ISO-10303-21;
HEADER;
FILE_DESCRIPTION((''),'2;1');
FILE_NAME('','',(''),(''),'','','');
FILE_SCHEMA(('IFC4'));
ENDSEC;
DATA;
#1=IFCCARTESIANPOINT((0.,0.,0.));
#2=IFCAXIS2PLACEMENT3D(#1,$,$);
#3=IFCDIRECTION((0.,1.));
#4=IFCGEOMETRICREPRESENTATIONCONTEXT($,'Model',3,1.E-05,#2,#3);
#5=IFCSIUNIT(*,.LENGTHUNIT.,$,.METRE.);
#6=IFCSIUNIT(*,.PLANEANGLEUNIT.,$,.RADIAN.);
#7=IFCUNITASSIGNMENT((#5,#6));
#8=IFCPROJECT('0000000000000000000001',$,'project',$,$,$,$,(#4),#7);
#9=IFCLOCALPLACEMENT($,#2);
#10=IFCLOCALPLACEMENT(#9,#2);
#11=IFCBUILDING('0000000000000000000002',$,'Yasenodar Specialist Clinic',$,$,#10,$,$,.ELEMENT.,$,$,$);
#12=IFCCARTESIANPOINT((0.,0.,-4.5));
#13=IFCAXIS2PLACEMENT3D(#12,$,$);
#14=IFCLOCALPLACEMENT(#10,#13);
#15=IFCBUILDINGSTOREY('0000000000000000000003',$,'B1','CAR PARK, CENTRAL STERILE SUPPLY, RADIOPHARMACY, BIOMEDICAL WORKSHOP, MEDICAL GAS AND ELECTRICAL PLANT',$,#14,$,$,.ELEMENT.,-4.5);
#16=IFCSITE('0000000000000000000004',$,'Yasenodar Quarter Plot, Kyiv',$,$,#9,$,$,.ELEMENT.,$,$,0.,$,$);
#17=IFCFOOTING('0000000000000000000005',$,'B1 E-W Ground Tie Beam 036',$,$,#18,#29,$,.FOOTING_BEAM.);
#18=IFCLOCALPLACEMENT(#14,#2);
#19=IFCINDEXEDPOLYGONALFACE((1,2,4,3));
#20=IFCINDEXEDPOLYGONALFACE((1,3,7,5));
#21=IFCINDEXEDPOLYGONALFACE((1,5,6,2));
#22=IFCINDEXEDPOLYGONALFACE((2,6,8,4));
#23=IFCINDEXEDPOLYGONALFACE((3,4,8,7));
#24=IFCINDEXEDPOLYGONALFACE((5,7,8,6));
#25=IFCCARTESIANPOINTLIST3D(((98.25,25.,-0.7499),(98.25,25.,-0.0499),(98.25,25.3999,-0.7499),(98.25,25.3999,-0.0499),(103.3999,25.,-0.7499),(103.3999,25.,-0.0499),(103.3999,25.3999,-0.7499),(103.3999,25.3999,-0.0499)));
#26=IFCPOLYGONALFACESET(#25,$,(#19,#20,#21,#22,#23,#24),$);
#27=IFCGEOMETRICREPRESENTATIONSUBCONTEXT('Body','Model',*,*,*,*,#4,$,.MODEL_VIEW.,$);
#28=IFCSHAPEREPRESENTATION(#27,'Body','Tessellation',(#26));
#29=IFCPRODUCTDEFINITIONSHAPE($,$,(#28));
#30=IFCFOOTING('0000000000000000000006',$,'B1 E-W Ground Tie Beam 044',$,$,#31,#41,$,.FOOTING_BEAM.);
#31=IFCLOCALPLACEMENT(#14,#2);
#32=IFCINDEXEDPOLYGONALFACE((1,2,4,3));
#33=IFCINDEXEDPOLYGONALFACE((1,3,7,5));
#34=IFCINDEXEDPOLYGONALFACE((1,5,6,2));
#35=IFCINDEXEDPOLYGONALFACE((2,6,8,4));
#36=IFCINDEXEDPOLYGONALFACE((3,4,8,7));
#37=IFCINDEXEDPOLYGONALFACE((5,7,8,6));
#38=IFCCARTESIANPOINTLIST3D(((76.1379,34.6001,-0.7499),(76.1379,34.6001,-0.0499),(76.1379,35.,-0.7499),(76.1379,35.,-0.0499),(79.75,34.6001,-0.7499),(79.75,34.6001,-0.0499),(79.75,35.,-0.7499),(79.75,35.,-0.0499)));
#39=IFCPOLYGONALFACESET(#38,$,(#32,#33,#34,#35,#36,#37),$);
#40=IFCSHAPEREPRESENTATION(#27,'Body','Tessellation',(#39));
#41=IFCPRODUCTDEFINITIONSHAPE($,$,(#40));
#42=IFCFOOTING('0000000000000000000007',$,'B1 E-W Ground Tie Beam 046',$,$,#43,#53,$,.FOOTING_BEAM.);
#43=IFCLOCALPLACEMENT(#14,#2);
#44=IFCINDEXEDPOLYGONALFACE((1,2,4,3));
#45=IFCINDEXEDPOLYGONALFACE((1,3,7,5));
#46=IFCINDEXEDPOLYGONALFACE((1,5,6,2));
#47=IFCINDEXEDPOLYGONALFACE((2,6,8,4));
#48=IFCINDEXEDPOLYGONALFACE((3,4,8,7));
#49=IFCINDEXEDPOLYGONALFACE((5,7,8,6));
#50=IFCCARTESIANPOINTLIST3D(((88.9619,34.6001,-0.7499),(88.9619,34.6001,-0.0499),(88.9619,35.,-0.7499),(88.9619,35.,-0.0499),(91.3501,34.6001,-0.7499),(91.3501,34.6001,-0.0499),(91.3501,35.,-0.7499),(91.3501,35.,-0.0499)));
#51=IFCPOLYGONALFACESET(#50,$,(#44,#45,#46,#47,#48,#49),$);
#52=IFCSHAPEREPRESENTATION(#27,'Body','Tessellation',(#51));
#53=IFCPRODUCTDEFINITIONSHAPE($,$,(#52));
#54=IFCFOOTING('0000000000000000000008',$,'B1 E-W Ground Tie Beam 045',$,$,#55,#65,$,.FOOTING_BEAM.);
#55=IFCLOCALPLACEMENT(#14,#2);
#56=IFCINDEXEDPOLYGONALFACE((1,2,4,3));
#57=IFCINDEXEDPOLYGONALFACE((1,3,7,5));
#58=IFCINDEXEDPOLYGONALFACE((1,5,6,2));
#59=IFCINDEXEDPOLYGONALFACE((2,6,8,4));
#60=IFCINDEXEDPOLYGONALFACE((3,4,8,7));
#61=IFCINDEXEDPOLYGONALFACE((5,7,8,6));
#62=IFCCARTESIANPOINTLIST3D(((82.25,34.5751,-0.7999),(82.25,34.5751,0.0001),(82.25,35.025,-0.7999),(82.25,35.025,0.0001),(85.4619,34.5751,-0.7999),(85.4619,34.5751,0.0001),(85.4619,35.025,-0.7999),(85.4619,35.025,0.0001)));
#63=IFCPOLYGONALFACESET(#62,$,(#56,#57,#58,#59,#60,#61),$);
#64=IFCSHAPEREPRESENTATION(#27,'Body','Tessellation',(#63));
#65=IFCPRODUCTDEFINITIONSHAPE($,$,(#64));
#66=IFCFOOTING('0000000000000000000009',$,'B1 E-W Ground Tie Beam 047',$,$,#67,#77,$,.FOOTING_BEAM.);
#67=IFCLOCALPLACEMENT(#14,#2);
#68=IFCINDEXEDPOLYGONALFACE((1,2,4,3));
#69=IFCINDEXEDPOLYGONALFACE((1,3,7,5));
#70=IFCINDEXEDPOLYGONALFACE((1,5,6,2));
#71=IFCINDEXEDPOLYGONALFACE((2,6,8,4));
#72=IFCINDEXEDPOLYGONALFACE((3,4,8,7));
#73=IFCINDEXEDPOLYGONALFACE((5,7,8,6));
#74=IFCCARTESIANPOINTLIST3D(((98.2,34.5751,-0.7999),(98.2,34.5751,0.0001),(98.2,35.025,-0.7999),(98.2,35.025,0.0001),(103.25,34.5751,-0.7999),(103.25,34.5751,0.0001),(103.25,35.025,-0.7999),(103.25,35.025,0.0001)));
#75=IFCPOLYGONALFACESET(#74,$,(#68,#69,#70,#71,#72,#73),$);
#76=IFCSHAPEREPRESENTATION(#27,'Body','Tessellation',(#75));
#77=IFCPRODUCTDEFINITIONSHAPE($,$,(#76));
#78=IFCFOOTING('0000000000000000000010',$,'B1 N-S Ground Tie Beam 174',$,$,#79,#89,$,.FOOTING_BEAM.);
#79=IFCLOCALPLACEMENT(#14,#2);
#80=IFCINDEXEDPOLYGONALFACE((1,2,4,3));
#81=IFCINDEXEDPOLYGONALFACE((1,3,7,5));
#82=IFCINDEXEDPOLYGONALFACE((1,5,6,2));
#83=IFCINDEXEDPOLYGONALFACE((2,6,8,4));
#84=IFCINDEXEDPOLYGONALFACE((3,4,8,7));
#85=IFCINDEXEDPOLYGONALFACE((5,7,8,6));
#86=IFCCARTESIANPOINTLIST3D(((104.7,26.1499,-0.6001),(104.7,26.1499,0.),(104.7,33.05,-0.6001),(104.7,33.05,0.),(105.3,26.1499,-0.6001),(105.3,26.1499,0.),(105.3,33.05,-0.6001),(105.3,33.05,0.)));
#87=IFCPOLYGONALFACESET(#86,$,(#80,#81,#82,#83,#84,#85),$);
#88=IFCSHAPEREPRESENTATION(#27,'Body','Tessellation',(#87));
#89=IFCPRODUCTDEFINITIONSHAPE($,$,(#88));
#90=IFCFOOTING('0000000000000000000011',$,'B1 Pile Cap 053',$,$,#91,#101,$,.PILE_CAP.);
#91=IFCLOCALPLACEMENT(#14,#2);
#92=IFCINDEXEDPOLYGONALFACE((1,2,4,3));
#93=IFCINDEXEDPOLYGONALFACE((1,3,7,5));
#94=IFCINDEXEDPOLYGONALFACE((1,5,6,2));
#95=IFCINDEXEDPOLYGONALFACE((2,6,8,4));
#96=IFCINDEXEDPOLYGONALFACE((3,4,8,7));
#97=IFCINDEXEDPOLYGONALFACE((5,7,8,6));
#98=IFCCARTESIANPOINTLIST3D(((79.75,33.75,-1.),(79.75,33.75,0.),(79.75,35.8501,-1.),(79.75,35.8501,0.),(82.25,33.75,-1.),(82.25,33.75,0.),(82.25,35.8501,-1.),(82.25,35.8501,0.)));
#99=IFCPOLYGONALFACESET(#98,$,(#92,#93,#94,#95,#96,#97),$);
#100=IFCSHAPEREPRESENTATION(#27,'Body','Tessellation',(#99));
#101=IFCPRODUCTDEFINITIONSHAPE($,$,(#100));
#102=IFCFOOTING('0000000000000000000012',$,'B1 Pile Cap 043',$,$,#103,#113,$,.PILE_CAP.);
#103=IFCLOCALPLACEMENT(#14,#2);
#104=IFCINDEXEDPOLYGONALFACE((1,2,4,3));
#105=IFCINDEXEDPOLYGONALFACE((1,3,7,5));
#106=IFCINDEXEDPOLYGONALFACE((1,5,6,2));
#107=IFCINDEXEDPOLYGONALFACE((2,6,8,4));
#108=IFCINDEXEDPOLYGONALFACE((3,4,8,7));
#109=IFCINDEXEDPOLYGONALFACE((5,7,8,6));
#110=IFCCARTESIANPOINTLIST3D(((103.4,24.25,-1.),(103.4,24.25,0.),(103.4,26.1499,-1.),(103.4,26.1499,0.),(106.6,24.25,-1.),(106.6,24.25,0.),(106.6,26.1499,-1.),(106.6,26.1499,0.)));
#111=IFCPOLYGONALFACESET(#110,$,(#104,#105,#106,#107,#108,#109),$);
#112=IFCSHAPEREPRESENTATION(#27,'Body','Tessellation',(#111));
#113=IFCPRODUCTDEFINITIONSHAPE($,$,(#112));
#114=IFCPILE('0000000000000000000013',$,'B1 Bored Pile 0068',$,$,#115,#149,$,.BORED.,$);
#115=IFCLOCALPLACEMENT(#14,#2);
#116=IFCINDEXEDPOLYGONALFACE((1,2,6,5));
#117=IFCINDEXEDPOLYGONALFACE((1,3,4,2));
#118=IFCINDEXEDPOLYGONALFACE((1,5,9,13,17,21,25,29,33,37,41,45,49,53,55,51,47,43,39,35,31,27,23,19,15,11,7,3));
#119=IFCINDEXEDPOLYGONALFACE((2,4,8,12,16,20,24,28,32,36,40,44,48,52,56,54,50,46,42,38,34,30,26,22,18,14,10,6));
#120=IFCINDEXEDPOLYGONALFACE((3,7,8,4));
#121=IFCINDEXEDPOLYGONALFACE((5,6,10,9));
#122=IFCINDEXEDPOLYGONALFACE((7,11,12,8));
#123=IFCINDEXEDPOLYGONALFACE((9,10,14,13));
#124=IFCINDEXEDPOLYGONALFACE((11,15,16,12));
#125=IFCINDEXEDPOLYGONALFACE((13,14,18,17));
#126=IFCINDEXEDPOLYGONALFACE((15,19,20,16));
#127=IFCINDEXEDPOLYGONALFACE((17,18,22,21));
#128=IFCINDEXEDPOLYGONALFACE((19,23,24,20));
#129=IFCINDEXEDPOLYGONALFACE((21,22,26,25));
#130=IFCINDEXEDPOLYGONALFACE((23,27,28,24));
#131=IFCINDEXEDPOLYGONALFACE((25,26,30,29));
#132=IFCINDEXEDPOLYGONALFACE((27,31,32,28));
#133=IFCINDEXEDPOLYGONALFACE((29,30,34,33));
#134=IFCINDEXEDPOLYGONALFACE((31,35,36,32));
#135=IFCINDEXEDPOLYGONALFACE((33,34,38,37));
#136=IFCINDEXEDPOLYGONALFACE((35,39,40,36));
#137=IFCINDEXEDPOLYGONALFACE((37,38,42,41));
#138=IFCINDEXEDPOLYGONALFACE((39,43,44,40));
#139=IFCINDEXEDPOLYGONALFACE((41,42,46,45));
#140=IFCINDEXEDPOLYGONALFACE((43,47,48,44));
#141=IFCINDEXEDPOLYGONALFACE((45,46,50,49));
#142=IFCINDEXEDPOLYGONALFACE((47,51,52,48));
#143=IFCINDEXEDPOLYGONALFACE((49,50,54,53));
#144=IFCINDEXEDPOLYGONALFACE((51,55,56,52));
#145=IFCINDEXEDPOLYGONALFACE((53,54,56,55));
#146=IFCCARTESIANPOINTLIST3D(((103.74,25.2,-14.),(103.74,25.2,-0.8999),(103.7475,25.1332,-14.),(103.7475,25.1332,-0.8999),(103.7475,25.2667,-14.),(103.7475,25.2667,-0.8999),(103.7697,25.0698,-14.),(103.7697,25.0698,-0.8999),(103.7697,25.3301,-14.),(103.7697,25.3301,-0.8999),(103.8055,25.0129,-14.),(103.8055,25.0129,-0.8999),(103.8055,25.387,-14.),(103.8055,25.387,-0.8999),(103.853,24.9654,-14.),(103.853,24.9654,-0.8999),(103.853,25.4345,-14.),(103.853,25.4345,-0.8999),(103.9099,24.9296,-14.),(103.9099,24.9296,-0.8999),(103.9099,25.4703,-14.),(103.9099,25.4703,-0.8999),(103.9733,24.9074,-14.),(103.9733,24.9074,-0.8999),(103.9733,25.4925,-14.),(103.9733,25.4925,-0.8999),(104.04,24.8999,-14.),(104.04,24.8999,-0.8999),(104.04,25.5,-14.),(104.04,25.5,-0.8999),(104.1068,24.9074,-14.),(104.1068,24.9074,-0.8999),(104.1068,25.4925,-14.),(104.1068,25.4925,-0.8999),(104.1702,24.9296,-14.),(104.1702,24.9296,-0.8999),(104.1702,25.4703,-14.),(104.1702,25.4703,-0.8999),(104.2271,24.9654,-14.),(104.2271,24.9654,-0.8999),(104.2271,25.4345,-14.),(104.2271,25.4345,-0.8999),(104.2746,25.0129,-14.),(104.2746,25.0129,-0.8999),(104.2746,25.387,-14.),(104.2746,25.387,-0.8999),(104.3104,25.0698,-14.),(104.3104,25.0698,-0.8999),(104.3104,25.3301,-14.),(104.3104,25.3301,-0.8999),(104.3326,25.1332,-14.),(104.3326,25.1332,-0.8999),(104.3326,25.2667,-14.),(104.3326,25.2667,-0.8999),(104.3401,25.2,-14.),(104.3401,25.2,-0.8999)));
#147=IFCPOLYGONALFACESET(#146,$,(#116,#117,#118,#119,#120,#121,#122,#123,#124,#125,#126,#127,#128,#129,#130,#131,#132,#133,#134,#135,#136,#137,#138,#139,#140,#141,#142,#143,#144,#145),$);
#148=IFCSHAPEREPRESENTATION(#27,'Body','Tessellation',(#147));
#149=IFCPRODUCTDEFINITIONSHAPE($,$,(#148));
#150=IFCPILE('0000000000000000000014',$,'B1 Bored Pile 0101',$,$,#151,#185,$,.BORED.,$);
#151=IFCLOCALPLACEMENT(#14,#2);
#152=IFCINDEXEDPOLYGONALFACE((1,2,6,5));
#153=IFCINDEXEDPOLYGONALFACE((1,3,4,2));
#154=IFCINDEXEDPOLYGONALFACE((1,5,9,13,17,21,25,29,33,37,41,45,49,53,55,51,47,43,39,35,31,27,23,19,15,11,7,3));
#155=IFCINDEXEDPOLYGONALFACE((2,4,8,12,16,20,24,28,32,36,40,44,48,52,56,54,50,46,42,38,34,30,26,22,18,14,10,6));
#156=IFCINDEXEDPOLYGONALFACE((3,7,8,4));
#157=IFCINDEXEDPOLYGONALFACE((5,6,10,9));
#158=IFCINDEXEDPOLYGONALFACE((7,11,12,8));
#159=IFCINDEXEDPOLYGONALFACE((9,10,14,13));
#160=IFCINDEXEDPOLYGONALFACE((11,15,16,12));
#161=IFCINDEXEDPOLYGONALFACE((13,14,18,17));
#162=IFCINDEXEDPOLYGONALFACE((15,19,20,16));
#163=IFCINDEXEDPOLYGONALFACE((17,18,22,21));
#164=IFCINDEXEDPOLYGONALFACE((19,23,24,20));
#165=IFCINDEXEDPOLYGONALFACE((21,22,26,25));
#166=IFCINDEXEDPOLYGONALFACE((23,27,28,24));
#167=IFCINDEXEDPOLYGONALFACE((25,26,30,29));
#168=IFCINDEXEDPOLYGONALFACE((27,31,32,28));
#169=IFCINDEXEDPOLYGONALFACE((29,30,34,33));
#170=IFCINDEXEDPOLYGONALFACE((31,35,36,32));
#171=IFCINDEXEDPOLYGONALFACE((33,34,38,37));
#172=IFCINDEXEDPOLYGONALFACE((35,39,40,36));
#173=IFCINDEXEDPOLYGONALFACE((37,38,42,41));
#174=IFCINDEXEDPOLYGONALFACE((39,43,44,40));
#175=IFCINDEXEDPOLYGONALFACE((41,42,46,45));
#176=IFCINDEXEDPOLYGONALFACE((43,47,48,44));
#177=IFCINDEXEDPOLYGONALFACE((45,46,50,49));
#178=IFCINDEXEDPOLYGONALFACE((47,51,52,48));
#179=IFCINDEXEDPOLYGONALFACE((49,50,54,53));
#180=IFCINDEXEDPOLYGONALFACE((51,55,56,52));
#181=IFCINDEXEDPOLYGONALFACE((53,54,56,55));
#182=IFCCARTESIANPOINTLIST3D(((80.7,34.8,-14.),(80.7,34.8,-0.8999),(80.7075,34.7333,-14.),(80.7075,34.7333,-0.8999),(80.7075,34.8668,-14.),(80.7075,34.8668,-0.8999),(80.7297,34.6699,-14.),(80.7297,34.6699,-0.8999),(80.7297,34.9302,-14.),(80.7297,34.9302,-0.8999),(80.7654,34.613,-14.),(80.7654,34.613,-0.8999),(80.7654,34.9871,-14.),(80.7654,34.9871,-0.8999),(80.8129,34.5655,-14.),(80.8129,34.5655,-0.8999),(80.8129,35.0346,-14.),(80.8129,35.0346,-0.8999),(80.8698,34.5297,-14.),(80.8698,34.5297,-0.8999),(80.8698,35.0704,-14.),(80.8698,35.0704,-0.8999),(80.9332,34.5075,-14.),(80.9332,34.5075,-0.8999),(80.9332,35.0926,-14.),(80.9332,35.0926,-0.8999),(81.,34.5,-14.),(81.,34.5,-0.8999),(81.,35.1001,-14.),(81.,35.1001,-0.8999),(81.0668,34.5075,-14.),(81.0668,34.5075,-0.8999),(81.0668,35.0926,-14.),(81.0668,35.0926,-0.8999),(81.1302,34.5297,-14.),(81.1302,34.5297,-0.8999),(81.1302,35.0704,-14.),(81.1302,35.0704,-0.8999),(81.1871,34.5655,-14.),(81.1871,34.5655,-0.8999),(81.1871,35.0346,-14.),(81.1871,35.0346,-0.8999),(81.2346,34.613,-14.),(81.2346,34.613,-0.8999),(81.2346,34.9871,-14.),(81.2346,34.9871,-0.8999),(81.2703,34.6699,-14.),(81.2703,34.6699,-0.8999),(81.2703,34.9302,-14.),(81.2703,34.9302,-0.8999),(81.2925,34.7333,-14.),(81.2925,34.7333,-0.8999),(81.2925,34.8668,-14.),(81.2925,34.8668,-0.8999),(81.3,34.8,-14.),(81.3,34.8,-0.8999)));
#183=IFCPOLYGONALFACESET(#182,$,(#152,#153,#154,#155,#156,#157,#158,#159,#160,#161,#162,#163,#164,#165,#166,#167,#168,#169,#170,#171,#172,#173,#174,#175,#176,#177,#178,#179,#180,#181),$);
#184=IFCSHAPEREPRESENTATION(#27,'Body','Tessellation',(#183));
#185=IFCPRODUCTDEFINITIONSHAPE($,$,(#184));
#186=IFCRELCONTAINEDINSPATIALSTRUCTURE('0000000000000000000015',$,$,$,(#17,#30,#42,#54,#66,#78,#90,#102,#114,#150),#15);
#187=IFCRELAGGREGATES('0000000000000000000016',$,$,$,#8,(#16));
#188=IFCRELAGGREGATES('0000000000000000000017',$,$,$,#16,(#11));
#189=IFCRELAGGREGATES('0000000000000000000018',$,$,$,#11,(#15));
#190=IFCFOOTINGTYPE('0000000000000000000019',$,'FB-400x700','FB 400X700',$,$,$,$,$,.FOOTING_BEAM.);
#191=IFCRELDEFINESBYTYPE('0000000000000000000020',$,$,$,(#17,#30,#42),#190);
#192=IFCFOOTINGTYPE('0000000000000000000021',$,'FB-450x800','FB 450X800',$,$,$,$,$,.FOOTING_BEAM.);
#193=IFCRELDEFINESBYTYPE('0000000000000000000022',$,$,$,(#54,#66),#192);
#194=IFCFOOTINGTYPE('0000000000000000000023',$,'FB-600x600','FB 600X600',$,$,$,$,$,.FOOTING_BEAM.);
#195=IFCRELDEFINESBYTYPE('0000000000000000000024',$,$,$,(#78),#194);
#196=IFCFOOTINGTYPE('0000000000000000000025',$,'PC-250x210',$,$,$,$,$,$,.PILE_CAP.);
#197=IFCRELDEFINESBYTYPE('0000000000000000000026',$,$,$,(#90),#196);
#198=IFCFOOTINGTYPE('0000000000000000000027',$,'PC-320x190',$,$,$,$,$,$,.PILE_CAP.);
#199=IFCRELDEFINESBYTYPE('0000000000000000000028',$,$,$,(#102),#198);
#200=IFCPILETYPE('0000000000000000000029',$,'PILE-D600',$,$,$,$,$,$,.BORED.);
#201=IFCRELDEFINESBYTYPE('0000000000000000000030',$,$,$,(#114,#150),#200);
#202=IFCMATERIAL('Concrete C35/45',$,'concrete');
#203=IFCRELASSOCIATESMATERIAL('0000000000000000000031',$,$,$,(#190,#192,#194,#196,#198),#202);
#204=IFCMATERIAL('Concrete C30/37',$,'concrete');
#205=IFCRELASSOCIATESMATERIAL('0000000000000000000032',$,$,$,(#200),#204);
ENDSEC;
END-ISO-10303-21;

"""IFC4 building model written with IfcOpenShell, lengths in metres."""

from ifc_helpers import new_model, si_unit, direction, frame, origin, origin_2d, place, context, subcontext, project, spatial, rectangle, circle, extrude, material, material_profile, profile_set, type_object, element, save


model = new_model("IFC4")

# Units and contexts
model_context = context("Model", 3, precision=1e-05, world=origin(), true_north=direction((0.0, 1.0)))
body_context = subcontext(model_context, "Body", "Model", "MODEL_VIEW")
ifc_project = project(units=[si_unit("LENGTHUNIT", "METRE"), si_unit("PLANEANGLEUNIT", "RADIAN")], contexts=[model_context])

# Site, building, storey
site_placement = place(None, origin())
site = spatial("IfcSite", under=ifc_project, at=site_placement, Name="Yasenodar Quarter Plot, Kyiv", CompositionType="ELEMENT", RefElevation=0.0)
building_placement = place(site_placement, origin())
building = spatial("IfcBuilding", under=site, at=building_placement, Name="Yasenodar Specialist Clinic", CompositionType="ELEMENT")
storey_placement = place(building_placement, frame((0.0, 0.0, -4.5)))
storey = spatial("IfcBuildingStorey", under=building, at=storey_placement, Name="B1", Description="CAR PARK, CENTRAL STERILE SUPPLY, RADIOPHARMACY, BIOMEDICAL WORKSHOP, MEDICAL GAS AND ELECTRICAL PLANT", CompositionType="ELEMENT", Elevation=-4.5)

# Footings
ifc_material_1 = material(Name="Concrete C35/45", Category="concrete")
ifc_material_profile_1 = material_profile(ifc_material_1, rectangle(XDim=0.3999, YDim=0.7, at=origin_2d()), Name="RC 400x700")
ifc_profile_set_1 = profile_set([ifc_material_profile_1], Name="Concrete C35/45")
footing_type_1 = type_object("IfcFootingType", Name="FB-400x700", Description="FB 400X700", PredefinedType="FOOTING_BEAM", material=ifc_profile_set_1)
footing_1_placement = place(storey_placement, frame((98.25, 25.2, -0.3999), z_axis=(1.0, 0.0, 0.0), x_axis=(0.0, 1.0, 0.0)))
element("IfcFooting", 1, at=footing_1_placement, inside=storey, type_object=footing_type_1, Name="B1 E-W Ground Tie Beam 036", PredefinedType="FOOTING_BEAM", context=body_context, shape_type="SweptSolid", body=[
    extrude(rectangle(XDim=0.3999, YDim=0.7, at=origin_2d()), origin(), (0.0, 0.0, 1.0), 5.1499),
])
footing_2_placement = place(storey_placement, frame((76.1379, 34.8, -0.3999), z_axis=(1.0, 0.0, 0.0), x_axis=(0.0, 1.0, 0.0)))
element("IfcFooting", 2, at=footing_2_placement, inside=storey, type_object=footing_type_1, Name="B1 E-W Ground Tie Beam 044", PredefinedType="FOOTING_BEAM", context=body_context, shape_type="SweptSolid", body=[
    extrude(rectangle(XDim=0.3999, YDim=0.7, at=origin_2d()), origin(), (0.0, 0.0, 1.0), 3.6121),
])
footing_3_placement = place(storey_placement, frame((88.9619, 34.8, -0.3999), z_axis=(1.0, 0.0, 0.0), x_axis=(0.0, 1.0, 0.0)))
element("IfcFooting", 3, at=footing_3_placement, inside=storey, type_object=footing_type_1, Name="B1 E-W Ground Tie Beam 046", PredefinedType="FOOTING_BEAM", context=body_context, shape_type="SweptSolid", body=[
    extrude(rectangle(XDim=0.3999, YDim=0.7, at=origin_2d()), origin(), (0.0, 0.0, 1.0), 2.3882),
])
ifc_material_profile_2 = material_profile(ifc_material_1, rectangle(XDim=0.45, YDim=0.8, at=origin_2d()), Name="RC 450x800")
ifc_profile_set_2 = profile_set([ifc_material_profile_2], Name="Concrete C35/45")
footing_type_2 = type_object("IfcFootingType", Name="FB-450x800", Description="FB 450X800", PredefinedType="FOOTING_BEAM", material=ifc_profile_set_2)
footing_4_placement = place(storey_placement, frame((82.25, 34.8, -0.3999), z_axis=(1.0, 0.0, 0.0), x_axis=(0.0, 1.0, 0.0)))
element("IfcFooting", 4, at=footing_4_placement, inside=storey, type_object=footing_type_2, Name="B1 E-W Ground Tie Beam 045", PredefinedType="FOOTING_BEAM", context=body_context, shape_type="SweptSolid", body=[
    extrude(rectangle(XDim=0.45, YDim=0.8, at=origin_2d()), origin(), (0.0, 0.0, 1.0), 3.2119),
])
footing_5_placement = place(storey_placement, frame((98.2, 34.8, -0.3999), z_axis=(1.0, 0.0, 0.0), x_axis=(0.0, 1.0, 0.0)))
element("IfcFooting", 5, at=footing_5_placement, inside=storey, type_object=footing_type_2, Name="B1 E-W Ground Tie Beam 047", PredefinedType="FOOTING_BEAM", context=body_context, shape_type="SweptSolid", body=[
    extrude(rectangle(XDim=0.45, YDim=0.8, at=origin_2d()), origin(), (0.0, 0.0, 1.0), 5.05),
])
ifc_material_profile_3 = material_profile(ifc_material_1, rectangle(XDim=0.6001, YDim=0.6001, at=origin_2d()), Name="RC 600x600")
ifc_profile_set_3 = profile_set([ifc_material_profile_3], Name="Concrete C35/45")
footing_type_3 = type_object("IfcFootingType", Name="FB-600x600", Description="FB 600X600", PredefinedType="FOOTING_BEAM", material=ifc_profile_set_3)
footing_6_placement = place(storey_placement, frame((105.0, 26.1499, -0.3), z_axis=(0.0, 1.0, 0.0), x_axis=(-1.0, 0.0, 0.0)))
element("IfcFooting", 6, at=footing_6_placement, inside=storey, type_object=footing_type_3, Name="B1 N-S Ground Tie Beam 174", PredefinedType="FOOTING_BEAM", context=body_context, shape_type="SweptSolid", body=[
    extrude(rectangle(XDim=0.6001, YDim=0.6001, at=origin_2d()), origin(), (0.0, 0.0, 1.0), 6.9001),
])
footing_type_4 = type_object("IfcFootingType", Name="PC-250x210", PredefinedType="PILE_CAP", material=ifc_material_1)
footing_7_placement = place(storey_placement, frame((81.0, 34.8, -1.0), z_axis=(0.0, 0.0, 1.0), x_axis=(1.0, 0.0, 0.0)))
element("IfcFooting", 7, at=footing_7_placement, inside=storey, type_object=footing_type_4, Name="B1 Pile Cap 053", PredefinedType="PILE_CAP", context=body_context, shape_type="SweptSolid", body=[
    extrude(rectangle(XDim=2.5, YDim=2.1001, at=origin_2d()), origin(), (0.0, 0.0, 1.0), 1.0),
])
footing_type_5 = type_object("IfcFootingType", Name="PC-320x190", PredefinedType="PILE_CAP", material=ifc_material_1)
footing_8_placement = place(storey_placement, frame((105.0, 25.2, -1.0), z_axis=(0.0, 0.0, 1.0), x_axis=(1.0, 0.0, 0.0)))
element("IfcFooting", 8, at=footing_8_placement, inside=storey, type_object=footing_type_5, Name="B1 Pile Cap 043", PredefinedType="PILE_CAP", context=body_context, shape_type="SweptSolid", body=[
    extrude(rectangle(XDim=3.2, YDim=1.8999, at=origin_2d()), origin(), (0.0, 0.0, 1.0), 1.0),
])

# Piles
ifc_material_2 = material(Name="Concrete C30/37", Category="concrete")
ifc_material_profile_4 = material_profile(ifc_material_2, circle(Radius=0.3, at=origin_2d()), Name="PILE D600")
ifc_profile_set_4 = profile_set([ifc_material_profile_4], Name="Concrete C30/37")
pile_type_1 = type_object("IfcPileType", Name="PILE-D600", PredefinedType="BORED", material=ifc_profile_set_4)
for number, where, z_axis, x_axis, name in (
    (9, (104.04, 25.2, -0.8999), (0.0, 0.0, -1.0), (1.0, 0.0, 0.0), "B1 Bored Pile 0068"),
    (10, (81.0, 34.8, -0.8999), (0.0, 0.0, -1.0), (1.0, 0.0, 0.0), "B1 Bored Pile 0101"),
):
    element("IfcPile", number, at=place(storey_placement, frame(where, z_axis=z_axis, x_axis=x_axis)), inside=storey, type_object=pile_type_1, Name=name, PredefinedType="BORED", context=body_context, shape_type="SweptSolid", body=[
        extrude(circle(Radius=0.3, at=origin_2d()), origin(), (0.0, 0.0, 1.0), 13.1001),
    ])

save(model, "model.ifc")
